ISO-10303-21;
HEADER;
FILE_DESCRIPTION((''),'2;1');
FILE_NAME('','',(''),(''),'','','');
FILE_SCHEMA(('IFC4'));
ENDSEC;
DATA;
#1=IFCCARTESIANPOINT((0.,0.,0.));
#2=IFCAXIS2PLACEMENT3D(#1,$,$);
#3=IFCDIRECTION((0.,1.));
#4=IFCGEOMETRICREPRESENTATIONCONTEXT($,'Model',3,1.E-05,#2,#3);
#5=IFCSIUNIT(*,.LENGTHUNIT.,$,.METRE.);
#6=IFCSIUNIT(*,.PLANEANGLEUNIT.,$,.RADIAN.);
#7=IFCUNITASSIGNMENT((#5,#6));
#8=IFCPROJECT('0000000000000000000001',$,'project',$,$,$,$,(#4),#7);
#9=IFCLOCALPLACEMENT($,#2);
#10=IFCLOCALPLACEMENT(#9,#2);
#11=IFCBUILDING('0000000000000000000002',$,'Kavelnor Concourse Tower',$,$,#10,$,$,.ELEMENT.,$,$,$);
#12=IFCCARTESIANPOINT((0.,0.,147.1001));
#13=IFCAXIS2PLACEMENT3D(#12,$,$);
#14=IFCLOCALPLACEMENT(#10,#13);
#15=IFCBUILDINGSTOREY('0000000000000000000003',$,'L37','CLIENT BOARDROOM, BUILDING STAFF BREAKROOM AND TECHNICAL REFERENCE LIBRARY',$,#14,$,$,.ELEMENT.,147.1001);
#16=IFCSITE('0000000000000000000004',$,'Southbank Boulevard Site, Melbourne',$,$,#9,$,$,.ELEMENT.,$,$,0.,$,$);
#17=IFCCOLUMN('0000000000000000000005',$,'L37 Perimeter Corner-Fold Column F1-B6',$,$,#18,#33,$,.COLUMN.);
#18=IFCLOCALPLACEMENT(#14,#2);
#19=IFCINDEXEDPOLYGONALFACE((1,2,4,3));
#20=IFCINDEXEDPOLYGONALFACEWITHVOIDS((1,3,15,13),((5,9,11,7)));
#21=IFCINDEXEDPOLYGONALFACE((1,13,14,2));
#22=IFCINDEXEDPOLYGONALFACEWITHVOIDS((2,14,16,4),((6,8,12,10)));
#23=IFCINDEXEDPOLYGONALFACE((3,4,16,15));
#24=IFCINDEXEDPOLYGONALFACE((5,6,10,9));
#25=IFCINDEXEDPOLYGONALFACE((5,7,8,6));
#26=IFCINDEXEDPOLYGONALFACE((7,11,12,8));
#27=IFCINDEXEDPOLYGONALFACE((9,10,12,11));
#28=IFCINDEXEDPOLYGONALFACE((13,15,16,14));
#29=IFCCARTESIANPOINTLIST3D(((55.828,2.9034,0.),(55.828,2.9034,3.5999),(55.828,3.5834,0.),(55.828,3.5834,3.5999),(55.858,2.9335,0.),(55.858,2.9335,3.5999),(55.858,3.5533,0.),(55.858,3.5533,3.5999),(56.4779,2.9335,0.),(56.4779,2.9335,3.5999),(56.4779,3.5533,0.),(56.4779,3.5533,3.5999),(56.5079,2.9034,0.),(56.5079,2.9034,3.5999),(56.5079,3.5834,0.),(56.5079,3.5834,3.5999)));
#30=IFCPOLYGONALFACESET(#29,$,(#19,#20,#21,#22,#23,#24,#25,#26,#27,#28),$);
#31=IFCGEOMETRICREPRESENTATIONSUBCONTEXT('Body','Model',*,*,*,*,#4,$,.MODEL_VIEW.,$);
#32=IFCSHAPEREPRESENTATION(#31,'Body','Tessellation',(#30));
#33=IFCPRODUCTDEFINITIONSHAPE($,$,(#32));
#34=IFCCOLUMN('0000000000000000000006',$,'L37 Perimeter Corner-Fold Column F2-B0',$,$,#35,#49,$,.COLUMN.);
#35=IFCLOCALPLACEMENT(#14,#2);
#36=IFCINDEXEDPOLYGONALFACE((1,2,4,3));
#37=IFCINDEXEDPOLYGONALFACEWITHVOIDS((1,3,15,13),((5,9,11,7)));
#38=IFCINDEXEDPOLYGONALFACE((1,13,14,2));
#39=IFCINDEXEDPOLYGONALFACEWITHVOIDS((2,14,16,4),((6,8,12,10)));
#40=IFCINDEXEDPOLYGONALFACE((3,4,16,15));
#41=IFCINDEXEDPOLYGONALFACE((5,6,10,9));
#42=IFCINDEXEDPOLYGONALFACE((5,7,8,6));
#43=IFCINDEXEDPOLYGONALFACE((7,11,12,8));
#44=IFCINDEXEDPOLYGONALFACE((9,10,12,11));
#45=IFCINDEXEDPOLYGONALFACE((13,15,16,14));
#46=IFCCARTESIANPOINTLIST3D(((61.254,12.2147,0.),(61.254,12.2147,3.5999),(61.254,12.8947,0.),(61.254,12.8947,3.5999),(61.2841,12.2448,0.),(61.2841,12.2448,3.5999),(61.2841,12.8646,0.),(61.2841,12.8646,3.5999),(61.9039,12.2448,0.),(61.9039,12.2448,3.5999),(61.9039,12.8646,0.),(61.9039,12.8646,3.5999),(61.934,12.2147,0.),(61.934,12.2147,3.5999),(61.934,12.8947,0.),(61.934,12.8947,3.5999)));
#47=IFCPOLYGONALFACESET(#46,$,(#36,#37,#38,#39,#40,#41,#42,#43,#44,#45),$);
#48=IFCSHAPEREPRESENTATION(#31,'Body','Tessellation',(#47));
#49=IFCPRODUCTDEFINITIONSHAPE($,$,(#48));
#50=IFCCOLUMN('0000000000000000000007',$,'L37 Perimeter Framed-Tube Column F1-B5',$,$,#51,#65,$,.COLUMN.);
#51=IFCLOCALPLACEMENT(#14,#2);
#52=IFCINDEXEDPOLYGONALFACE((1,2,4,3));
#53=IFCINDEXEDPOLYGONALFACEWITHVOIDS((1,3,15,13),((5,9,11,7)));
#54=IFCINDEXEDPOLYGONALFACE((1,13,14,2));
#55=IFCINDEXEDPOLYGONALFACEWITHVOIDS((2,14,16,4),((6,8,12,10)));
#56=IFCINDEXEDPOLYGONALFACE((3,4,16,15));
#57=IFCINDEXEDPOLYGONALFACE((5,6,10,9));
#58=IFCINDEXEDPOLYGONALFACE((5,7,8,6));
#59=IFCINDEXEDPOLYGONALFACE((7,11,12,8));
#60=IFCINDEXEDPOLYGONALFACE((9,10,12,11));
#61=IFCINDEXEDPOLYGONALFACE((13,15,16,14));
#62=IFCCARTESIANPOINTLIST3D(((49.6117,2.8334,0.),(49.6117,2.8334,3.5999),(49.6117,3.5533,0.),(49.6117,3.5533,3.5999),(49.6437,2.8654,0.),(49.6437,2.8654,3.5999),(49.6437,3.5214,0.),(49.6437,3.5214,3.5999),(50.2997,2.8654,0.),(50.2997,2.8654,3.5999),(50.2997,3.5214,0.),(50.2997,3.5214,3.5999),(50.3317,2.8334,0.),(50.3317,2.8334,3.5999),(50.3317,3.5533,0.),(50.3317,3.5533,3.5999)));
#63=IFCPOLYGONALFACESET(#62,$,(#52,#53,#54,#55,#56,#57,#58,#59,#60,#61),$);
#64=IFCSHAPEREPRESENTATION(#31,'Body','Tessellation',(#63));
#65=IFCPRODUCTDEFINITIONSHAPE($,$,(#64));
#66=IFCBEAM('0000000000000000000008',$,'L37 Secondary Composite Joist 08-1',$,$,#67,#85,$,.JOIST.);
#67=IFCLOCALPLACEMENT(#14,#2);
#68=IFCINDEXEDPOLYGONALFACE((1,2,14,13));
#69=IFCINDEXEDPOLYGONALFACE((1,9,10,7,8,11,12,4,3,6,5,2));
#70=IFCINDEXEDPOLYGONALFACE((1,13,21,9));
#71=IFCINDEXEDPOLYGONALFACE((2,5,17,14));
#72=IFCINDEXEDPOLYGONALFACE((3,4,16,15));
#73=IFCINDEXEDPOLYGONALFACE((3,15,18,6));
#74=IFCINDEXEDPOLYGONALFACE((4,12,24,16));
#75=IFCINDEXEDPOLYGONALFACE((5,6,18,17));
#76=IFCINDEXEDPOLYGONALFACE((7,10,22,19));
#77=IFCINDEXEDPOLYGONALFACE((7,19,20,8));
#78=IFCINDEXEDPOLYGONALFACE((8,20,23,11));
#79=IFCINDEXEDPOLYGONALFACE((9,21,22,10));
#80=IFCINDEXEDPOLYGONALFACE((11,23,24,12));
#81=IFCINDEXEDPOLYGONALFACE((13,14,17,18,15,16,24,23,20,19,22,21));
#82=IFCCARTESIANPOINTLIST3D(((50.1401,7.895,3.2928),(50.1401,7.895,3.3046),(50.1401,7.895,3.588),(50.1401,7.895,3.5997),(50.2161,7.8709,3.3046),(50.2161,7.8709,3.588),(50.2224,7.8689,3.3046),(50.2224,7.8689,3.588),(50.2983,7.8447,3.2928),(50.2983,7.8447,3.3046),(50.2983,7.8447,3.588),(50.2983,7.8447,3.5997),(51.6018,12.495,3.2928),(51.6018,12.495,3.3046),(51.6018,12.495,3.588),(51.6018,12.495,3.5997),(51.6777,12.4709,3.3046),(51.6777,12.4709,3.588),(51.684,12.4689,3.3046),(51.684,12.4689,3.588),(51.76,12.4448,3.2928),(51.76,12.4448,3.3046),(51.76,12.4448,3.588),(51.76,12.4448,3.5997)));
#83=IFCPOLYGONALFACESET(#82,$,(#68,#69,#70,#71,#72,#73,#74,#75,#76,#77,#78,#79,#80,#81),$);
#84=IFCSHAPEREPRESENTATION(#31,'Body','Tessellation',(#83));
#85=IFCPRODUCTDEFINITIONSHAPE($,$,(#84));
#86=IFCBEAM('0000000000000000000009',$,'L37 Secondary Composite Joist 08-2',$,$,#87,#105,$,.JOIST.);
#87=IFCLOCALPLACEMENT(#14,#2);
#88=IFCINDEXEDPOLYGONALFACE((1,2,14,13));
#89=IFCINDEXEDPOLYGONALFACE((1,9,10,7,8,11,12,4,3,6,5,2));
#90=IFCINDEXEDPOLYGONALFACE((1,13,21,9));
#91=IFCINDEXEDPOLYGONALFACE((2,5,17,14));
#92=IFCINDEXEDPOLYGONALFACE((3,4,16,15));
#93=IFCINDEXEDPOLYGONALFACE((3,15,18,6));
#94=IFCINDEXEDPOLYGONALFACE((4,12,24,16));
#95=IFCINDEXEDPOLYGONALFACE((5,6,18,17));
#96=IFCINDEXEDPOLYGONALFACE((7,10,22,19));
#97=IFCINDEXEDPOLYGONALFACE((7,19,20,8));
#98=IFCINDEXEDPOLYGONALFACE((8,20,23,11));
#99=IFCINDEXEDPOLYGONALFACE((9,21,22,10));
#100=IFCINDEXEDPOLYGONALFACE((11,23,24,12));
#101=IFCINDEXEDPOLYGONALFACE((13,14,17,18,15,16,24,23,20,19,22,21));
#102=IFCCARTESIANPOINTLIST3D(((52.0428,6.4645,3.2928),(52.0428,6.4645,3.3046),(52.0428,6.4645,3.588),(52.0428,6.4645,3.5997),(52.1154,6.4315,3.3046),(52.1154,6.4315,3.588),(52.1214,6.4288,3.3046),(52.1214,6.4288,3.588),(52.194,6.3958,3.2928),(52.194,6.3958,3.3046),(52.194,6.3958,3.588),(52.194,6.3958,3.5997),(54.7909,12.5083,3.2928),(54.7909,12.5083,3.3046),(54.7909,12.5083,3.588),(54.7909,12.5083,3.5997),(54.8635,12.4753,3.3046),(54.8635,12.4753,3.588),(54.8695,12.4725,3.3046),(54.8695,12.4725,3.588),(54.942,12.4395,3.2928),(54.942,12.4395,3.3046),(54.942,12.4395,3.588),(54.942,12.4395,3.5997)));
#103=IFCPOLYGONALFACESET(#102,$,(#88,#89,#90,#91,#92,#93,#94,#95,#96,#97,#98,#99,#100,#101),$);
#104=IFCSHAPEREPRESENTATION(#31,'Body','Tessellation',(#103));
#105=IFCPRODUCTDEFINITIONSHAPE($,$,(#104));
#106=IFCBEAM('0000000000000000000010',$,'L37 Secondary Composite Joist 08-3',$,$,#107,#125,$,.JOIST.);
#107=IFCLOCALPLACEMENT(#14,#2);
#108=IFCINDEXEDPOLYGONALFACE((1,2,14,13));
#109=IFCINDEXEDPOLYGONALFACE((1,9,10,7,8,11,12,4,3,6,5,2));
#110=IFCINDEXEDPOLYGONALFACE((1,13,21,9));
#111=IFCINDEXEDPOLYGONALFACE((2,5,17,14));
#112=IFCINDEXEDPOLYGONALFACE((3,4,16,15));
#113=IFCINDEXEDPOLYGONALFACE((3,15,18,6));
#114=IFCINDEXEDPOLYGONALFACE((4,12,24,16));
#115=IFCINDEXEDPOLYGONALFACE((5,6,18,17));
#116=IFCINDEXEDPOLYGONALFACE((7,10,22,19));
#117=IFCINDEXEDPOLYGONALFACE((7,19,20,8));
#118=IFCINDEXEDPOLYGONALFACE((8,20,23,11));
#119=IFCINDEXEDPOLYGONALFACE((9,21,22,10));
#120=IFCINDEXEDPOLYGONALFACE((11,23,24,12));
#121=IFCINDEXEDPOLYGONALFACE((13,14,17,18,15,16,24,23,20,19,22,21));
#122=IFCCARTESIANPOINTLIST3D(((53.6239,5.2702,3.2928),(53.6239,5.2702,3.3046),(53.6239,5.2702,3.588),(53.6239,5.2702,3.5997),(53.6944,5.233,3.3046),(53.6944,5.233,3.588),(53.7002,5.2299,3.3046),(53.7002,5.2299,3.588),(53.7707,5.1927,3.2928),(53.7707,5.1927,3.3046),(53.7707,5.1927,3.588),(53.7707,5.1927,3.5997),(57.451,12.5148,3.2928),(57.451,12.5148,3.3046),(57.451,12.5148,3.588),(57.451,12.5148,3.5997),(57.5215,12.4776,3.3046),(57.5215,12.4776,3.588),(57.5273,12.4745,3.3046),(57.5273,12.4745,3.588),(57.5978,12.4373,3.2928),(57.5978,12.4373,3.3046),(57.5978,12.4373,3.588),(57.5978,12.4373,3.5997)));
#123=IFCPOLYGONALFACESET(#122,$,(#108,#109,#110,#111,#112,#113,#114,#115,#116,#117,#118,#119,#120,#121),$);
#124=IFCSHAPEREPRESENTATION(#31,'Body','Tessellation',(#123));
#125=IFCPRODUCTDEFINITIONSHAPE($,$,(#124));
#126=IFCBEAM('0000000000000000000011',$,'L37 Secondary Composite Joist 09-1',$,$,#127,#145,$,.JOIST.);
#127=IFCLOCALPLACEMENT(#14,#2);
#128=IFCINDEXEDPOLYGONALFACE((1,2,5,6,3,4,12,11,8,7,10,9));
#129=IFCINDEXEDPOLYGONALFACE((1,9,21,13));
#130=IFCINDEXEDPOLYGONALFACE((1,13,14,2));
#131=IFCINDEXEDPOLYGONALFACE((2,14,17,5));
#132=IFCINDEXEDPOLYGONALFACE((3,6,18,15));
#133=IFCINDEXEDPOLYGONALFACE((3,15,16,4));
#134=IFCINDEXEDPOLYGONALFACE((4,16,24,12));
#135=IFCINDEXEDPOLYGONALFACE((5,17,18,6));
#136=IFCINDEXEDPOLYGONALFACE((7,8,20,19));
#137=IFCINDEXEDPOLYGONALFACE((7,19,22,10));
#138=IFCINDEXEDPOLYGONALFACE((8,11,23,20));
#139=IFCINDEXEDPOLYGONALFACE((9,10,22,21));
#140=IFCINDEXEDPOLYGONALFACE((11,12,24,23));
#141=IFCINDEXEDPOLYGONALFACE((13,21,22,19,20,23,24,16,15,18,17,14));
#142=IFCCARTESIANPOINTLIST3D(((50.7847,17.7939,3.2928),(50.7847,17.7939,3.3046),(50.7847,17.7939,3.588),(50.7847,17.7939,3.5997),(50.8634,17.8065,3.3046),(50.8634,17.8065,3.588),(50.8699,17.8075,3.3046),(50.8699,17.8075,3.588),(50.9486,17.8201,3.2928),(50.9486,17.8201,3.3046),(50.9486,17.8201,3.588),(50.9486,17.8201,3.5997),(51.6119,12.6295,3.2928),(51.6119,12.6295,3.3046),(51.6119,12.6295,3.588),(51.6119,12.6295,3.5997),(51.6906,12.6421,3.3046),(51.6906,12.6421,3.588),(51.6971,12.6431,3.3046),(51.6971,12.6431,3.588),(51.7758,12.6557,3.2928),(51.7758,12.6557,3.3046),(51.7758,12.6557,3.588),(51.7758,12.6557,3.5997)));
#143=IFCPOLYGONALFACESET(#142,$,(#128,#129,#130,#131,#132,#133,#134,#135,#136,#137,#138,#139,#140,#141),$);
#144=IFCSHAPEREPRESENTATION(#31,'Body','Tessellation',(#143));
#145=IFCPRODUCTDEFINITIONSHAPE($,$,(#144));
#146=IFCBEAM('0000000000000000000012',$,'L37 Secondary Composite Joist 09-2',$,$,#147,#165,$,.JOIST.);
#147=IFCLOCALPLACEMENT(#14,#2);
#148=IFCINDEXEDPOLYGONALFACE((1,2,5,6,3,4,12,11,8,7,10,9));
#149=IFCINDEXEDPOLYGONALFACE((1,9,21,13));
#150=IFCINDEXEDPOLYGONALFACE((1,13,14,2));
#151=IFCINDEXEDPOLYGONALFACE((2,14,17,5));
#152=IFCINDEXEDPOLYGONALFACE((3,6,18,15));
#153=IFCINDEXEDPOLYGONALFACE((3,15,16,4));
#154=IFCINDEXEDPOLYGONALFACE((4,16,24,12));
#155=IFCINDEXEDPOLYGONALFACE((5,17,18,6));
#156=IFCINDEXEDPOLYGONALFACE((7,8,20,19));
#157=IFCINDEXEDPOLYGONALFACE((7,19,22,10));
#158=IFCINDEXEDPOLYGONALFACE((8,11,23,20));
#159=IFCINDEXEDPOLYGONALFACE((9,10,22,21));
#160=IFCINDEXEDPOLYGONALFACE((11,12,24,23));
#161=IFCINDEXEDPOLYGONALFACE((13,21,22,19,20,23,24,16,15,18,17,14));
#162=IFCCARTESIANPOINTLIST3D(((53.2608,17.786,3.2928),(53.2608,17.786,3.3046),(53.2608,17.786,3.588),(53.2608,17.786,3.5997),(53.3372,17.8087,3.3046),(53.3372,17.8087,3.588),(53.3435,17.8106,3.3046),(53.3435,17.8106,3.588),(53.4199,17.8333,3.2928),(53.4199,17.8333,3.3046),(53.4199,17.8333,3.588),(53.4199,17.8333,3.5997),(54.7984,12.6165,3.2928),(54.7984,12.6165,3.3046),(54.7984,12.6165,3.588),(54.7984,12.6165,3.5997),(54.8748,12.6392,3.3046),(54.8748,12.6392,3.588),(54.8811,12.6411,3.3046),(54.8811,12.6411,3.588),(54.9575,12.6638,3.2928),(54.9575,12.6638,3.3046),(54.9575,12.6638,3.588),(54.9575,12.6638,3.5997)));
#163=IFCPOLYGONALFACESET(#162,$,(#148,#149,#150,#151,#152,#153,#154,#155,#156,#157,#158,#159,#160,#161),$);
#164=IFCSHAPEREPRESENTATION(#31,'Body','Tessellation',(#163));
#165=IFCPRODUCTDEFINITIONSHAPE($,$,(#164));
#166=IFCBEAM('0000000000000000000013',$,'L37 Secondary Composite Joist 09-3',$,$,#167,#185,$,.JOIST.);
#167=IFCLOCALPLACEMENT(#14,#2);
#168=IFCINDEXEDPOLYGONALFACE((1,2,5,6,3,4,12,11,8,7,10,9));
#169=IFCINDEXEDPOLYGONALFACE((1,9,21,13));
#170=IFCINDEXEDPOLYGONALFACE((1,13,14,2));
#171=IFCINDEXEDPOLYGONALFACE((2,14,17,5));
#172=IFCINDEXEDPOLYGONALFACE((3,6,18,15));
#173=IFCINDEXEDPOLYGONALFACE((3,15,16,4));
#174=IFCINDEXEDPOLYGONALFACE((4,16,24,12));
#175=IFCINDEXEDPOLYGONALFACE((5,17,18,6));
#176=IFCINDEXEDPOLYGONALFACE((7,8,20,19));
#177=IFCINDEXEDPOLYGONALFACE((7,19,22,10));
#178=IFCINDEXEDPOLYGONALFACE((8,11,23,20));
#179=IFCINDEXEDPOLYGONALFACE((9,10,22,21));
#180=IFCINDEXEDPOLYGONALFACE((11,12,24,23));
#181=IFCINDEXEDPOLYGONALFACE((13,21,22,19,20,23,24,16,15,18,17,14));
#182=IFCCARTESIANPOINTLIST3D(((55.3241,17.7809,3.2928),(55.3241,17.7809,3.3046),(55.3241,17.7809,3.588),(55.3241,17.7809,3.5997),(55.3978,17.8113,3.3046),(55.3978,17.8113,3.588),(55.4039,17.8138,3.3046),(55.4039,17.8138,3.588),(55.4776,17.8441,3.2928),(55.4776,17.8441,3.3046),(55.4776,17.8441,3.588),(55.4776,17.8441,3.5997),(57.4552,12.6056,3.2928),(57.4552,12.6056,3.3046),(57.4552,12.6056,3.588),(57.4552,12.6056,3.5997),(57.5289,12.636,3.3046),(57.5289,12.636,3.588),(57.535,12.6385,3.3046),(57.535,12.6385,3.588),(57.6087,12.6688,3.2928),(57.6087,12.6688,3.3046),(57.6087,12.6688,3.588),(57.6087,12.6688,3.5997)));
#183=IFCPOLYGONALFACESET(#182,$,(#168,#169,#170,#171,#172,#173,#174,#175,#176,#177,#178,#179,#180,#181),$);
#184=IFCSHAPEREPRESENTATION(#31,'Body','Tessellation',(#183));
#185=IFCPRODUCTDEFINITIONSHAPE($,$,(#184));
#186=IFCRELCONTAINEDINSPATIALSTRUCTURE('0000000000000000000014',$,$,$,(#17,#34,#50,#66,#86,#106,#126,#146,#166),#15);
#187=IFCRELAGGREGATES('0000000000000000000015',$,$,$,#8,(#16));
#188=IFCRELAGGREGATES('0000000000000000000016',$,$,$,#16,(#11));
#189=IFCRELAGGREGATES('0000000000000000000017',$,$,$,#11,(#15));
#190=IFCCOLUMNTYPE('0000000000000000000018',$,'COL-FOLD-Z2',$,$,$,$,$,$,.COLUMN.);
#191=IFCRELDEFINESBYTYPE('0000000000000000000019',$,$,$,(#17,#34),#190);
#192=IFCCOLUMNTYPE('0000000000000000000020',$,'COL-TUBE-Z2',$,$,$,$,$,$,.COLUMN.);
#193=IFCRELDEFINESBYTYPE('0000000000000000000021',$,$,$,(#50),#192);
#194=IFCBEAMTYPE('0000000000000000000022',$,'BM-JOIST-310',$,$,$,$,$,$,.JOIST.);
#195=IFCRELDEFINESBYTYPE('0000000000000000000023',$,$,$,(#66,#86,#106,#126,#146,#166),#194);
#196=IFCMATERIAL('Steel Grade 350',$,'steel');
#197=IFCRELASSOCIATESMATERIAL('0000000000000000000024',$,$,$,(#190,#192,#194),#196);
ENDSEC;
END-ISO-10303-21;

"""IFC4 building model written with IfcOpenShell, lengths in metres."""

from ifc_helpers import new_model, si_unit, direction, frame, origin, origin_2d, place, context, subcontext, project, spatial, hollow_rectangle, i_section, extrude, material, material_profile, profile_set, type_object, element, save


model = new_model("IFC4")

# Units and contexts
model_context = context("Model", 3, precision=1e-05, world=origin(), true_north=direction((0.0, 1.0)))
body_context = subcontext(model_context, "Body", "Model", "MODEL_VIEW")
ifc_project = project(units=[si_unit("LENGTHUNIT", "METRE"), si_unit("PLANEANGLEUNIT", "RADIAN")], contexts=[model_context])

# Site, building, storey
site_placement = place(None, origin())
site = spatial("IfcSite", under=ifc_project, at=site_placement, Name="Southbank Boulevard Site, Melbourne", CompositionType="ELEMENT", RefElevation=0.0)
building_placement = place(site_placement, origin())
building = spatial("IfcBuilding", under=site, at=building_placement, Name="Kavelnor Concourse Tower", CompositionType="ELEMENT")
storey_placement = place(building_placement, frame((0.0, 0.0, 147.1001)))
storey = spatial("IfcBuildingStorey", under=building, at=storey_placement, Name="L37", Description="CLIENT BOARDROOM, BUILDING STAFF BREAKROOM AND TECHNICAL REFERENCE LIBRARY", CompositionType="ELEMENT", Elevation=147.1001)

# Columns
ifc_material_1 = material(Name="Steel Grade 350", Category="steel")
ifc_material_profile_1 = material_profile(ifc_material_1, hollow_rectangle(XDim=0.6799, YDim=0.6799, WallThickness=0.03, at=origin_2d()), Name="SHS 680x680x30")
ifc_profile_set_1 = profile_set([ifc_material_profile_1], Name="Steel Grade 350")
column_type_1 = type_object("IfcColumnType", Name="COL-FOLD-Z2", PredefinedType="COLUMN", material=ifc_profile_set_1)
for number, where, z_axis, x_axis, name in (
    (1, (56.168, 3.2434, 0.0), (0.0, 0.0, 1.0), (1.0, 0.0, 0.0), "L37 Perimeter Corner-Fold Column F1-B6"),
    (2, (61.594, 12.5547, 0.0), (0.0, 0.0, 1.0), (1.0, 0.0, 0.0), "L37 Perimeter Corner-Fold Column F2-B0"),
):
    element("IfcColumn", number, at=place(storey_placement, frame(where, z_axis=z_axis, x_axis=x_axis)), inside=storey, type_object=column_type_1, Name=name, PredefinedType="COLUMN", context=body_context, shape_type="SweptSolid", body=[
        extrude(hollow_rectangle(XDim=0.6799, YDim=0.6799, WallThickness=0.03, at=origin_2d()), origin(), (0.0, 0.0, 1.0), 3.5999),
    ])
ifc_material_profile_2 = material_profile(ifc_material_1, hollow_rectangle(XDim=0.72, YDim=0.72, WallThickness=0.032, at=origin_2d()), Name="SHS 720x720x32")
ifc_profile_set_2 = profile_set([ifc_material_profile_2], Name="Steel Grade 350")
column_type_2 = type_object("IfcColumnType", Name="COL-TUBE-Z2", PredefinedType="COLUMN", material=ifc_profile_set_2)
column_placement = place(storey_placement, frame((49.9717, 3.1934, 0.0), z_axis=(0.0, 0.0, 1.0), x_axis=(1.0, 0.0, 0.0)))
element("IfcColumn", 3, at=column_placement, inside=storey, type_object=column_type_2, Name="L37 Perimeter Framed-Tube Column F1-B5", PredefinedType="COLUMN", context=body_context, shape_type="SweptSolid", body=[
    extrude(hollow_rectangle(XDim=0.72, YDim=0.72, WallThickness=0.032, at=origin_2d()), origin(), (0.0, 0.0, 1.0), 3.5999),
])

# Beams
ifc_material_profile_3 = material_profile(ifc_material_1, i_section(OverallWidth=0.166, OverallDepth=0.3069, WebThickness=0.0066, FlangeThickness=0.0117, at=origin_2d()), Name="310UB46")
ifc_profile_set_3 = profile_set([ifc_material_profile_3], Name="Steel Grade 350")
beam_type_1 = type_object("IfcBeamType", Name="BM-JOIST-310", PredefinedType="JOIST", material=ifc_profile_set_3)
beam_1_placement = place(storey_placement, frame((50.2192, 7.8699, 3.4463), z_axis=(0.302828, 0.953045, 0.0), x_axis=(-0.953045, 0.302828, 0.0)))
element("IfcBeam", 4, at=beam_1_placement, inside=storey, type_object=beam_type_1, Name="L37 Secondary Composite Joist 08-1", PredefinedType="JOIST", context=body_context, shape_type="SweptSolid", body=[
    extrude(i_section(OverallWidth=0.166, OverallDepth=0.3069, WebThickness=0.0066, FlangeThickness=0.0117, at=origin_2d()), origin(), (0.0, 0.0, 1.0), 4.8267),
])
beam_2_placement = place(storey_placement, frame((52.1184, 6.4302, 3.4463), z_axis=(0.413917, 0.910315, 0.0), x_axis=(-0.910315, 0.413917, 0.0)))
element("IfcBeam", 5, at=beam_2_placement, inside=storey, type_object=beam_type_1, Name="L37 Secondary Composite Joist 08-2", PredefinedType="JOIST", context=body_context, shape_type="SweptSolid", body=[
    extrude(i_section(OverallWidth=0.166, OverallDepth=0.3069, WebThickness=0.0066, FlangeThickness=0.0117, at=origin_2d()), origin(), (0.0, 0.0, 1.0), 6.6392),
])
beam_3_placement = place(storey_placement, frame((53.6973, 5.2314, 3.4463), z_axis=(0.467102, 0.884204, 0.0), x_axis=(-0.884204, 0.467102, 0.0)))
element("IfcBeam", 6, at=beam_3_placement, inside=storey, type_object=beam_type_1, Name="L37 Secondary Composite Joist 08-3", PredefinedType="JOIST", context=body_context, shape_type="SweptSolid", body=[
    extrude(i_section(OverallWidth=0.166, OverallDepth=0.3069, WebThickness=0.0066, FlangeThickness=0.0117, at=origin_2d()), origin(), (0.0, 0.0, 1.0), 8.1934),
])
beam_4_placement = place(storey_placement, frame((51.6938, 12.6426, 3.4463), z_axis=(-0.158151, 0.987415, 0.0), x_axis=(-0.987415, -0.158151, 0.0)))
element("IfcBeam", 7, at=beam_4_placement, inside=storey, type_object=beam_type_1, Name="L37 Secondary Composite Joist 09-1", PredefinedType="JOIST", context=body_context, shape_type="SweptSolid", body=[
    extrude(i_section(OverallWidth=0.166, OverallDepth=0.3069, WebThickness=0.0066, FlangeThickness=0.0117, at=origin_2d()), origin(), (0.0, 0.0, 1.0), 5.2302),
])
beam_5_placement = place(storey_placement, frame((54.8779, 12.6401, 3.4463), z_axis=(-0.285096, 0.958499, 0.0), x_axis=(-0.958499, -0.285096, 0.0)))
element("IfcBeam", 8, at=beam_5_placement, inside=storey, type_object=beam_type_1, Name="L37 Secondary Composite Joist 09-2", PredefinedType="JOIST", context=body_context, shape_type="SweptSolid", body=[
    extrude(i_section(OverallWidth=0.166, OverallDepth=0.3069, WebThickness=0.0066, FlangeThickness=0.0117, at=origin_2d()), origin(), (0.0, 0.0, 1.0), 5.3933),
])
beam_6_placement = place(storey_placement, frame((57.532, 12.6372, 3.4463), z_axis=(-0.380765, 0.924672, 0.0), x_axis=(-0.924672, -0.380765, 0.0)))
element("IfcBeam", 9, at=beam_6_placement, inside=storey, type_object=beam_type_1, Name="L37 Secondary Composite Joist 09-3", PredefinedType="JOIST", context=body_context, shape_type="SweptSolid", body=[
    extrude(i_section(OverallWidth=0.166, OverallDepth=0.3069, WebThickness=0.0066, FlangeThickness=0.0117, at=origin_2d()), origin(), (0.0, 0.0, 1.0), 5.5969),
])

save(model, "model.ifc")
